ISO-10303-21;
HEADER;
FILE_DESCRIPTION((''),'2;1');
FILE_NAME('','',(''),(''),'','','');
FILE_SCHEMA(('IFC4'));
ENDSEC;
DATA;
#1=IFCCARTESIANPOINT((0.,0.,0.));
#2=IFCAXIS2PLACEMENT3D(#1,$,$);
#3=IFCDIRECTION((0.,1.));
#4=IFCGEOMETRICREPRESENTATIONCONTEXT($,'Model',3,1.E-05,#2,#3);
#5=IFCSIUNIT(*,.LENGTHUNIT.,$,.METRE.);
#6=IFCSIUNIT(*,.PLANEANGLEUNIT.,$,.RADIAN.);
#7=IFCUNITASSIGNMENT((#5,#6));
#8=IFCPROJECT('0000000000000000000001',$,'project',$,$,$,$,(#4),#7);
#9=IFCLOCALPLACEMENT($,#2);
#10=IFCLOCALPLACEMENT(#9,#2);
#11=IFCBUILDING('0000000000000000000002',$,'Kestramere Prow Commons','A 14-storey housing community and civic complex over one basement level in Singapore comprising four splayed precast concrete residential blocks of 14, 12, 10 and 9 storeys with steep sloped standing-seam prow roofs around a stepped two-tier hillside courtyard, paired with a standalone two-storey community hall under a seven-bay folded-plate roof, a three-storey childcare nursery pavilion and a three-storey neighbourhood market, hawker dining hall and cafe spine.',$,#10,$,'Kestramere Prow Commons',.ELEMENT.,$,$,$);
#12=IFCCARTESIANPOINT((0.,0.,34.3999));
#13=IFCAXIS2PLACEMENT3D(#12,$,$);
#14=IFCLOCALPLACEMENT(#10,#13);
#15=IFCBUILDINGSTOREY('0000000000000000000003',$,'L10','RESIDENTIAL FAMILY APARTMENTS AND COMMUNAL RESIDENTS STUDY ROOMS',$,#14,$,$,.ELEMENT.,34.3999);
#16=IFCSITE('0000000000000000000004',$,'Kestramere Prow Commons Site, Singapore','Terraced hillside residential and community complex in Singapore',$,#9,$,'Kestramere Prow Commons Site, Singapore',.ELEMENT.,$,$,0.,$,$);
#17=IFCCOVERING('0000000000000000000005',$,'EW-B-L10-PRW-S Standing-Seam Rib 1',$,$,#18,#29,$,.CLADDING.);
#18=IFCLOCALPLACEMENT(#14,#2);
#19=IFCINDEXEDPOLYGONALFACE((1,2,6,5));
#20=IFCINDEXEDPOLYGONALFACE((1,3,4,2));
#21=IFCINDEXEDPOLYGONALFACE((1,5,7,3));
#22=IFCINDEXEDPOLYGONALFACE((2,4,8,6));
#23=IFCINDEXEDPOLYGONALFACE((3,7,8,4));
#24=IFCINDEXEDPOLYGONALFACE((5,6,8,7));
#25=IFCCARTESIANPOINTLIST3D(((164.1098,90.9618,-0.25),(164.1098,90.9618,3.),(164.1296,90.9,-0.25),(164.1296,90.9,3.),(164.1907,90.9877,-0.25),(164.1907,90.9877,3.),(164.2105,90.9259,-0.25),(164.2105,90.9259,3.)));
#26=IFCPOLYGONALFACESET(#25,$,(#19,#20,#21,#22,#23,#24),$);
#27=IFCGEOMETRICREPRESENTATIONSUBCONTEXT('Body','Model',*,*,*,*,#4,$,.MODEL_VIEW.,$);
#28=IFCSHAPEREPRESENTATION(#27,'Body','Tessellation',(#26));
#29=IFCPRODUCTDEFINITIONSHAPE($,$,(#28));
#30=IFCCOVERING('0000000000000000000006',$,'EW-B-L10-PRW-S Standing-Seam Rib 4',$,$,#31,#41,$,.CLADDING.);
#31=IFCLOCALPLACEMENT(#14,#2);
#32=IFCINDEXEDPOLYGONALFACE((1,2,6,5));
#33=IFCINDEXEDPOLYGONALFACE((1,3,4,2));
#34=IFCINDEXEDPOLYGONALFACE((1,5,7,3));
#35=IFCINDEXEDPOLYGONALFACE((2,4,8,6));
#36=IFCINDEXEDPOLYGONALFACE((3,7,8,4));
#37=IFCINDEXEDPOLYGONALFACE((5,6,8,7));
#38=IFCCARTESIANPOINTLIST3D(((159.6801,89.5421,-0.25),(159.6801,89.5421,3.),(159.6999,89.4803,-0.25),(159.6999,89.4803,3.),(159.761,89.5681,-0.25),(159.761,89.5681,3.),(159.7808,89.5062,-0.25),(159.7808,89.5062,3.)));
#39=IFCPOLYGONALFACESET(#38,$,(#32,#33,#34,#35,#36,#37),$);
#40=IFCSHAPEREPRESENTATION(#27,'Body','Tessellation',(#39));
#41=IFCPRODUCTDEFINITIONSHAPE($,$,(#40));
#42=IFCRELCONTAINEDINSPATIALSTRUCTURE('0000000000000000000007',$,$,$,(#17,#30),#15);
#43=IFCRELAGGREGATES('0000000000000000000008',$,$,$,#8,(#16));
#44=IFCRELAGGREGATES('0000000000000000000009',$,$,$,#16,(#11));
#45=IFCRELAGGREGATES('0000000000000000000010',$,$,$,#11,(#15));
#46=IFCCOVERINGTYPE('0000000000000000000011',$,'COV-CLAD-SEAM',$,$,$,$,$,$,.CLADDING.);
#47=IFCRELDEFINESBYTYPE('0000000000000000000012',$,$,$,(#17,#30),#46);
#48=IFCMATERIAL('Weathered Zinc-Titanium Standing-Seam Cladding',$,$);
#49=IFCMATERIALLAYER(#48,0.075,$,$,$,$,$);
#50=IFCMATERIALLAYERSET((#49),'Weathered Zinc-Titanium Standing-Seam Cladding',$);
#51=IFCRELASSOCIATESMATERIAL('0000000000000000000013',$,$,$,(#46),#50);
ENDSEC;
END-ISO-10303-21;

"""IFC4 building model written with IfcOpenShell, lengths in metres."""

from ifc_helpers import new_model, si_unit, direction, frame, origin, origin_2d, place, context, subcontext, project, spatial, rectangle, extrude, material, layer, layer_set, type_object, element, save


model = new_model("IFC4")

# Units and contexts
model_context = context("Model", 3, precision=1e-05, world=origin(), true_north=direction((0.0, 1.0)))
body_context = subcontext(model_context, "Body", "Model", "MODEL_VIEW")
ifc_project = project(units=[si_unit("LENGTHUNIT", "METRE"), si_unit("PLANEANGLEUNIT", "RADIAN")], contexts=[model_context])

# Site, building, storey
site_placement = place(None, origin())
site = spatial("IfcSite", under=ifc_project, at=site_placement, Name="Kestramere Prow Commons Site, Singapore", Description="Terraced hillside residential and community complex in Singapore", LongName="Kestramere Prow Commons Site, Singapore", CompositionType="ELEMENT", RefElevation=0.0)
building_placement = place(site_placement, origin())
building = spatial("IfcBuilding", under=site, at=building_placement, Name="Kestramere Prow Commons", Description="A 14-storey housing community and civic complex over one basement level in Singapore comprising four splayed precast concrete residential blocks of 14, 12, 10 and 9 storeys with steep sloped standing-seam prow roofs around a stepped two-tier hillside courtyard, paired with a standalone two-storey community hall under a seven-bay folded-plate roof, a three-storey childcare nursery pavilion and a three-storey neighbourhood market, hawker dining hall and cafe spine.", LongName="Kestramere Prow Commons", CompositionType="ELEMENT")
storey_placement = place(building_placement, frame((0.0, 0.0, 34.3999)))
storey = spatial("IfcBuildingStorey", under=building, at=storey_placement, Name="L10", Description="RESIDENTIAL FAMILY APARTMENTS AND COMMUNAL RESIDENTS STUDY ROOMS", CompositionType="ELEMENT", Elevation=34.3999)

# Shared definitions
ifc_material_1 = material(Name="Weathered Zinc-Titanium Standing-Seam Cladding")

# Coverings
ifc_layer_1 = layer(ifc_material_1, 0.075)
ifc_layer_set_1 = layer_set([ifc_layer_1], Name="Weathered Zinc-Titanium Standing-Seam Cladding")
covering_type = type_object("IfcCoveringType", Name="COV-CLAD-SEAM", PredefinedType="CLADDING", material=ifc_layer_set_1)
for number, where, z_axis, x_axis, name in (
    (1, (164.1602, 90.9438, -0.25), (0.0, 0.0, 1.0), (-0.952283, -0.305215, 0.0), "EW-B-L10-PRW-S Standing-Seam Rib 1"),
    (2, (159.7305, 89.5242, -0.25), (0.0, 0.0, 1.0), (-0.952283, -0.305215, 0.0), "EW-B-L10-PRW-S Standing-Seam Rib 4"),
):
    element("IfcCovering", number, at=place(storey_placement, frame(where, z_axis=z_axis, x_axis=x_axis)), inside=storey, type_object=covering_type, Name=name, PredefinedType="CLADDING", context=body_context, shape_type="SweptSolid", body=[
        extrude(rectangle(XDim=0.085, YDim=0.0649, at=origin_2d()), origin(), (0.0, 0.0, 1.0), 3.25),
    ])

save(model, "model.ifc")
